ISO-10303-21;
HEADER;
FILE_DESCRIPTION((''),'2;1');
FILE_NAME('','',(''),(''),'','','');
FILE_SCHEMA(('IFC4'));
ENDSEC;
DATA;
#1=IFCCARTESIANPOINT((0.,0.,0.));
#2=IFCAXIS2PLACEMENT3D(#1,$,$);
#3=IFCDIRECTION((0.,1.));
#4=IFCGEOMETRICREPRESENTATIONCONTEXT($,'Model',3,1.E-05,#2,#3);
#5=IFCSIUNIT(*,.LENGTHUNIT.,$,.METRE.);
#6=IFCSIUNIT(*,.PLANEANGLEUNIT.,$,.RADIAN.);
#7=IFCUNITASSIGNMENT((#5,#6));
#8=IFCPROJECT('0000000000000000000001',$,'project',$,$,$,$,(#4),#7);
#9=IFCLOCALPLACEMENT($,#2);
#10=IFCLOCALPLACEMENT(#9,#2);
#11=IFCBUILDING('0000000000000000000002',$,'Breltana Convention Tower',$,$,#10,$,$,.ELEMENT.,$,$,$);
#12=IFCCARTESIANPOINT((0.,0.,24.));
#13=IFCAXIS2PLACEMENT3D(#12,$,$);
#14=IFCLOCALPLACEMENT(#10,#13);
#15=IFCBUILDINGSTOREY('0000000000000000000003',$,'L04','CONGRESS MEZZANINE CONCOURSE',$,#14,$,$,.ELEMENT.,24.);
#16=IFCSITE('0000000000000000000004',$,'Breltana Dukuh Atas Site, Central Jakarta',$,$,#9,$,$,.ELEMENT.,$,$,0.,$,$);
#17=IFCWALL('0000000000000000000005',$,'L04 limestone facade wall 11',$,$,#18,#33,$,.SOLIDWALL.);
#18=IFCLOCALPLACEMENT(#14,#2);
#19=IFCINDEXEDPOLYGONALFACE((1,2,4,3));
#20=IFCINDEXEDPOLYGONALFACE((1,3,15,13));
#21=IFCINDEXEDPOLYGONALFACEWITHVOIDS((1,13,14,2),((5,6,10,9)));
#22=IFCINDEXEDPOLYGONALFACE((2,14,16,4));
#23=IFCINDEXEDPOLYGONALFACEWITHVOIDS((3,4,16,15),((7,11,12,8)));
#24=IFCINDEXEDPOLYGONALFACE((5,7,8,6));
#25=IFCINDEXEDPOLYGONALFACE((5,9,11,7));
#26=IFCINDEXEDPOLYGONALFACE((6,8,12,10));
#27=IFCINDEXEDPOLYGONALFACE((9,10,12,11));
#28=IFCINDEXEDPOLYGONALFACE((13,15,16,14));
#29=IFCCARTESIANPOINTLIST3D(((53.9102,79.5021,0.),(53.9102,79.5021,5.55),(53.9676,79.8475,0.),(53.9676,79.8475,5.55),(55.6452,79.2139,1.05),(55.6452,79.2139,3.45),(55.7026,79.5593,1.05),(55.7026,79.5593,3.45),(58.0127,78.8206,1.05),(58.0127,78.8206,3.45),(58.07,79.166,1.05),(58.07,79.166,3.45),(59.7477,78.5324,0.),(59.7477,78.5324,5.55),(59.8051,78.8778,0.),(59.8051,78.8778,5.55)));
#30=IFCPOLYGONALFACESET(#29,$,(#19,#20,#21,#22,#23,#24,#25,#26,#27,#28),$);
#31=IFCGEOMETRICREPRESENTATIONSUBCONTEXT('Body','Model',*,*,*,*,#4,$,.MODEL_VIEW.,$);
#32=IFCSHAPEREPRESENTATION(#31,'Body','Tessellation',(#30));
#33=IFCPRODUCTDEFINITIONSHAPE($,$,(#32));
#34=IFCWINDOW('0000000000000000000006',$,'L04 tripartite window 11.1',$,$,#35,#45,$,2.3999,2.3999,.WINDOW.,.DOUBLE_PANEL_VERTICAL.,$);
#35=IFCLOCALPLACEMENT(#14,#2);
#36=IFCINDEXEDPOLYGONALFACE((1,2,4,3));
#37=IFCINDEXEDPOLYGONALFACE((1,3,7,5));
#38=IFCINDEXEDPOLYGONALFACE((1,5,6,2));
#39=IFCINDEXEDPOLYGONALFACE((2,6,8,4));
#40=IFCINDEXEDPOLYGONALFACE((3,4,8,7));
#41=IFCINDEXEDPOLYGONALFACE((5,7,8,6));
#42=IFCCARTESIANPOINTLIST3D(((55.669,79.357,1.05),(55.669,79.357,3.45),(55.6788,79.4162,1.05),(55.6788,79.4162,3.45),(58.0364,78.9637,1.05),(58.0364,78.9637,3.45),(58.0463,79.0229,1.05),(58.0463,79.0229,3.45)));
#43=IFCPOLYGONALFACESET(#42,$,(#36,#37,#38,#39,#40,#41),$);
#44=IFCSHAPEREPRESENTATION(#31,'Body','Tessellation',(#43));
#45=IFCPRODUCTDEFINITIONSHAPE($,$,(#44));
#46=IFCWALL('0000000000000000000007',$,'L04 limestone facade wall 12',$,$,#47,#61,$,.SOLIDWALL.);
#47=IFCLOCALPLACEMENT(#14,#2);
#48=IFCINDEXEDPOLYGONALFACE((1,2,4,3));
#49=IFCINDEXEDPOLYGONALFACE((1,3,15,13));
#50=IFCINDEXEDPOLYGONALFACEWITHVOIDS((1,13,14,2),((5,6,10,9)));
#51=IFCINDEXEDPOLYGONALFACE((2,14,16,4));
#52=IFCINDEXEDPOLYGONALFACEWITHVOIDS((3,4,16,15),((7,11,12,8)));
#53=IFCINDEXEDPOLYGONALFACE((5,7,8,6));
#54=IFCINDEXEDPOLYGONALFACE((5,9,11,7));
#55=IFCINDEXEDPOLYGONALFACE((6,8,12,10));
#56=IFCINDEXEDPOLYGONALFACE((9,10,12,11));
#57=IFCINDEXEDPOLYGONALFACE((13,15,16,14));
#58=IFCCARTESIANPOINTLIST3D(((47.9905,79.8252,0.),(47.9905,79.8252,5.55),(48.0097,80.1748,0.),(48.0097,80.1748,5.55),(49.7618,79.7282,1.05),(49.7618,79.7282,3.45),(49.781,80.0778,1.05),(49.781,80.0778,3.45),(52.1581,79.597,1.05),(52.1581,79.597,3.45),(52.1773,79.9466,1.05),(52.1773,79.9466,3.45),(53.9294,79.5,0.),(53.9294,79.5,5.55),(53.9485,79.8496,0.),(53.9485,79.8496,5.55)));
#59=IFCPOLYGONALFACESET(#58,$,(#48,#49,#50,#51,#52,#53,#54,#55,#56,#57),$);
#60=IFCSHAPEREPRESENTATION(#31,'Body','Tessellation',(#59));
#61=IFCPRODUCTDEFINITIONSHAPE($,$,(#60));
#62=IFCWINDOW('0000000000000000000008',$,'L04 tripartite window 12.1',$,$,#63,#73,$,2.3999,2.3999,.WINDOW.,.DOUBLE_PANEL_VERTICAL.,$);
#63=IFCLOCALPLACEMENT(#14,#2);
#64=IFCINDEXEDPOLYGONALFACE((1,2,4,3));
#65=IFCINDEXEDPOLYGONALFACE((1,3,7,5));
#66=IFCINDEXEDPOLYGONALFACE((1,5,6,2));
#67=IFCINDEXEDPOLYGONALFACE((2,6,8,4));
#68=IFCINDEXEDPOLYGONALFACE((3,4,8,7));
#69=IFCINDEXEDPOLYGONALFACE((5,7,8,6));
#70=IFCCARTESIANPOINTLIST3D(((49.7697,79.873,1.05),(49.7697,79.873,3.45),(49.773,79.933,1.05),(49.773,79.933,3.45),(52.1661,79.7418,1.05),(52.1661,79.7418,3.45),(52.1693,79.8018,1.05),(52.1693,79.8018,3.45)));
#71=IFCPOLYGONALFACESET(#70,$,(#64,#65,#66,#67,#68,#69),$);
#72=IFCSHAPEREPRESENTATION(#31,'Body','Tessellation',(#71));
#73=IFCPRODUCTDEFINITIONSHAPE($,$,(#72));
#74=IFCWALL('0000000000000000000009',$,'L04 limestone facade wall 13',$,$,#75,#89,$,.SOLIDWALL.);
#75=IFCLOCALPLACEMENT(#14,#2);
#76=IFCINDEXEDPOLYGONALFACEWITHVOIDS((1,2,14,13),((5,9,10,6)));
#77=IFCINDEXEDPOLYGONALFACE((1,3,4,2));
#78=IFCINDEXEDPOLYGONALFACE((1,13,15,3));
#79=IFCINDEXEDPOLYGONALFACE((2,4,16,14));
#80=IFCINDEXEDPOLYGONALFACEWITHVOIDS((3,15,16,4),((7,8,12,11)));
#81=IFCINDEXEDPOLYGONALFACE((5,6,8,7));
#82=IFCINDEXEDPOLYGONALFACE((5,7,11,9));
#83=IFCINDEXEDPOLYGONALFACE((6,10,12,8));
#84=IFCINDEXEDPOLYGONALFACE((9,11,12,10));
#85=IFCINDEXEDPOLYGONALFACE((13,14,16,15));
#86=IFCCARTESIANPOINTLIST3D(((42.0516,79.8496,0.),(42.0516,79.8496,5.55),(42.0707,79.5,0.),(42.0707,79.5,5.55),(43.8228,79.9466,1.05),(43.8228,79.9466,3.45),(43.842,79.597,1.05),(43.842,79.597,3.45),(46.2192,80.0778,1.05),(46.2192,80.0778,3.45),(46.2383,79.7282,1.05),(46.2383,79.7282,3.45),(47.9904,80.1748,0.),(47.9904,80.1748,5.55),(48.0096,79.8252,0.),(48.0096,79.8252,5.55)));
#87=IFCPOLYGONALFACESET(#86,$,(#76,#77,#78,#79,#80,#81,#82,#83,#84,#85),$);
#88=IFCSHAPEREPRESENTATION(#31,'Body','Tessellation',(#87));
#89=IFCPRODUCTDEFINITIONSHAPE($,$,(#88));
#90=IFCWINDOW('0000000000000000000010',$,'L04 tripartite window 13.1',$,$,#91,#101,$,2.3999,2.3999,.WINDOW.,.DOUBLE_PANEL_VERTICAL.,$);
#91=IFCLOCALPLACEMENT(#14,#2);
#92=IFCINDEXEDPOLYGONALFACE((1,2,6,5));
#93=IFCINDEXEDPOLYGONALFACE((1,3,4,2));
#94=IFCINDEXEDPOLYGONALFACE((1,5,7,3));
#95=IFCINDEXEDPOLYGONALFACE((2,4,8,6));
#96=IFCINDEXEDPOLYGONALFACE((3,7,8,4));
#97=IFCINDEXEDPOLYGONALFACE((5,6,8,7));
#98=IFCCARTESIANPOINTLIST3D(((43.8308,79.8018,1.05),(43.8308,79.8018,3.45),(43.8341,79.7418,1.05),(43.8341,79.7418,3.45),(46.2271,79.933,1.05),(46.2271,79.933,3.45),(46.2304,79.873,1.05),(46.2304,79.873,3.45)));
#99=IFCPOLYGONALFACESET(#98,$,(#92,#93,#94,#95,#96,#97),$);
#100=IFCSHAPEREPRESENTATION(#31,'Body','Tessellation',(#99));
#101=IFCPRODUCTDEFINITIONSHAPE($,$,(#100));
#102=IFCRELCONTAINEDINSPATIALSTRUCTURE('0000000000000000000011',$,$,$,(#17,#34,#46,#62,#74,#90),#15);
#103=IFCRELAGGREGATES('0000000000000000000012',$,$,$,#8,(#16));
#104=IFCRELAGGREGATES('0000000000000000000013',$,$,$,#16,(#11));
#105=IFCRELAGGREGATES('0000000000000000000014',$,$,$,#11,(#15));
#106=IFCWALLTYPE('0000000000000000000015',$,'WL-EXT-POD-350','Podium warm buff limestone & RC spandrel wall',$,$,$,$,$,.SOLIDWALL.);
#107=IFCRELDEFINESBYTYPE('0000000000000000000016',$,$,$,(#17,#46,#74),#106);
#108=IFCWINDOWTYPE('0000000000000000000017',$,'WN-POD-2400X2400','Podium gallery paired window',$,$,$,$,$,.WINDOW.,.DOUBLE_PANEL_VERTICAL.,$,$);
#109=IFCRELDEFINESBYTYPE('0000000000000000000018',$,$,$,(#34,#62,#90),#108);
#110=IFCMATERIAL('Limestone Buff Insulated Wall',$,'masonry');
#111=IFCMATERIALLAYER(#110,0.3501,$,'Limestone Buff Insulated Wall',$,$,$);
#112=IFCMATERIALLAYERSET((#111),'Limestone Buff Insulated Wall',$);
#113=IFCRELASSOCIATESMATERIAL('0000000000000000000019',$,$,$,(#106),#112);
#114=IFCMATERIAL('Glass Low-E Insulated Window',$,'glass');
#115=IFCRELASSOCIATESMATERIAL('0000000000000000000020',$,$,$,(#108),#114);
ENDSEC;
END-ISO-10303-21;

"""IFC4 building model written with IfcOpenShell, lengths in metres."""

from ifc_helpers import new_model, si_unit, direction, frame, frame_2d, origin, place, context, subcontext, project, spatial, rectangle, extrude, source, transform, mapped, material, layer, layer_set, type_object, type_shapes, element, fill, save


model = new_model("IFC4")

# Units and contexts
model_context = context("Model", 3, precision=1e-05, world=origin(), true_north=direction((0.0, 1.0)))
body_context = subcontext(model_context, "Body", "Model", "MODEL_VIEW")
ifc_project = project(units=[si_unit("LENGTHUNIT", "METRE"), si_unit("PLANEANGLEUNIT", "RADIAN")], contexts=[model_context])

# Site, building, storey
site_placement = place(None, origin())
site = spatial("IfcSite", under=ifc_project, at=site_placement, Name="Breltana Dukuh Atas Site, Central Jakarta", CompositionType="ELEMENT", RefElevation=0.0)
building_placement = place(site_placement, origin())
building = spatial("IfcBuilding", under=site, at=building_placement, Name="Breltana Convention Tower", CompositionType="ELEMENT")
storey_placement = place(building_placement, frame((0.0, 0.0, 24.0)))
storey = spatial("IfcBuildingStorey", under=building, at=storey_placement, Name="L04", Description="CONGRESS MEZZANINE CONCOURSE", CompositionType="ELEMENT", Elevation=24.0)

# Walls, openings, windows
ifc_material_1 = material(Name="Limestone Buff Insulated Wall", Category="masonry")
ifc_layer_1 = layer(ifc_material_1, 0.3501, Name="Limestone Buff Insulated Wall")
ifc_layer_set_1 = layer_set([ifc_layer_1], Name="Limestone Buff Insulated Wall")
wall_type = type_object("IfcWallType", Name="WL-EXT-POD-350", Description="Podium warm buff limestone & RC spandrel wall", PredefinedType="SOLIDWALL", material=ifc_layer_set_1)
shared_shape_1 = source(origin(), body_context, "Body", "SweptSolid", [
    extrude(rectangle(XDim=5.9175, YDim=0.3501, at=frame_2d((2.9587, 0.0))), origin(), (0.0, 0.0, 1.0), 5.55),
])
wall_1_placement = place(storey_placement, frame((59.7764, 78.7051, 0.0), z_axis=(0.0, 0.0, 1.0), x_axis=(-0.986481, 0.163877, 0.0)))
wall_1 = element("IfcWall", 1, at=wall_1_placement, inside=storey, type_object=wall_type, Name="L04 limestone facade wall 11", PredefinedType="SOLIDWALL", context=body_context, shape_type="MappedRepresentation", body=[
    mapped(shared_shape_1, transform((0.0, 0.0, 0.0), scale=1.0)),
])
opening_1_placement = place(wall_1_placement, frame((1.7588, 0.0, 1.05)))
opening_1 = element("IfcOpeningElement", 2, at=opening_1_placement, cuts=wall_1, PredefinedType="OPENING", context=body_context, shape_type="SweptSolid", body=[
    extrude(rectangle(XDim=2.3999, YDim=2.3999, at=frame_2d((1.2, 1.2))), frame((0.0, 0.1851, 0.0), z_axis=(0.0, -1.0, 0.0), x_axis=(1.0, 0.0, 0.0)), (0.0, 0.0, 1.0), 0.3701),
])
ifc_material_2 = material(Name="Glass Low-E Insulated Window", Category="glass")
window_type = type_object("IfcWindowType", Name="WN-POD-2400X2400", Description="Podium gallery paired window", PartitioningType="DOUBLE_PANEL_VERTICAL", PredefinedType="WINDOW", material=ifc_material_2)
shared_shape_2 = source(origin(), body_context, "Body", "SweptSolid", [
    extrude(rectangle(XDim=2.3999, YDim=2.3999, at=frame_2d((1.2, 1.2))), frame((0.0, 0.03, 0.0), z_axis=(0.0, -1.0, 0.0), x_axis=(1.0, 0.0, 0.0)), (0.0, 0.0, 1.0), 0.0601),
])
type_shapes(window_type, [shared_shape_2])
window_1_placement = place(opening_1_placement, origin())
window_1 = element("IfcWindow", 3, at=window_1_placement, inside=storey, type_object=window_type, Name="L04 tripartite window 11.1", OverallHeight=2.3999, OverallWidth=2.3999, PartitioningType="DOUBLE_PANEL_VERTICAL", PredefinedType="WINDOW", context=body_context, shape_type="MappedRepresentation", body=[
    mapped(shared_shape_2, transform((0.0, 0.0, 0.0), scale=1.0)),
])
fill(opening_1, window_1)
shared_shape_3 = source(origin(), body_context, "Body", "SweptSolid", [
    extrude(rectangle(XDim=5.9478, YDim=0.3501, at=frame_2d((2.9739, 0.0))), origin(), (0.0, 0.0, 1.0), 5.55),
])
wall_2_placement = place(storey_placement, frame((53.939, 79.6748, 0.0), z_axis=(0.0, 0.0, 1.0), x_axis=(-0.998504, 0.054674, 0.0)))
wall_2 = element("IfcWall", 4, at=wall_2_placement, inside=storey, type_object=wall_type, Name="L04 limestone facade wall 12", PredefinedType="SOLIDWALL", context=body_context, shape_type="MappedRepresentation", body=[
    mapped(shared_shape_3, transform((0.0, 0.0, 0.0), scale=1.0)),
])
opening_2_placement = place(wall_2_placement, frame((1.7739, 0.0, 1.05)))
opening_2 = element("IfcOpeningElement", 5, at=opening_2_placement, cuts=wall_2, PredefinedType="OPENING", context=body_context, shape_type="SweptSolid", body=[
    extrude(rectangle(XDim=2.3999, YDim=2.3999, at=frame_2d((1.2, 1.2))), frame((0.0, 0.1851, 0.0), z_axis=(0.0, -1.0, 0.0), x_axis=(1.0, 0.0, 0.0)), (0.0, 0.0, 1.0), 0.3701),
])
window_2_placement = place(opening_2_placement, origin())
window_2 = element("IfcWindow", 6, at=window_2_placement, inside=storey, type_object=window_type, Name="L04 tripartite window 12.1", OverallHeight=2.3999, OverallWidth=2.3999, PartitioningType="DOUBLE_PANEL_VERTICAL", PredefinedType="WINDOW", context=body_context, shape_type="MappedRepresentation", body=[
    mapped(shared_shape_2, transform((0.0, 0.0, 0.0), scale=1.0)),
])
fill(opening_2, window_2)
wall_3_placement = place(storey_placement, frame((48.0, 80.0, 0.0), z_axis=(0.0, 0.0, 1.0), x_axis=(-0.998504, -0.054674, 0.0)))
wall_3 = element("IfcWall", 7, at=wall_3_placement, inside=storey, type_object=wall_type, Name="L04 limestone facade wall 13", PredefinedType="SOLIDWALL", context=body_context, shape_type="MappedRepresentation", body=[
    mapped(shared_shape_3, transform((0.0, 0.0, 0.0), scale=1.0)),
])
opening_3_placement = place(wall_3_placement, frame((1.7739, 0.0, 1.05)))
opening_3 = element("IfcOpeningElement", 8, at=opening_3_placement, cuts=wall_3, PredefinedType="OPENING", context=body_context, shape_type="SweptSolid", body=[
    extrude(rectangle(XDim=2.3999, YDim=2.3999, at=frame_2d((1.2, 1.2))), frame((0.0, 0.1851, 0.0), z_axis=(0.0, -1.0, 0.0), x_axis=(1.0, 0.0, 0.0)), (0.0, 0.0, 1.0), 0.3701),
])
window_3_placement = place(opening_3_placement, origin())
window_3 = element("IfcWindow", 9, at=window_3_placement, inside=storey, type_object=window_type, Name="L04 tripartite window 13.1", OverallHeight=2.3999, OverallWidth=2.3999, PartitioningType="DOUBLE_PANEL_VERTICAL", PredefinedType="WINDOW", context=body_context, shape_type="MappedRepresentation", body=[
    mapped(shared_shape_2, transform((0.0, 0.0, 0.0), scale=1.0)),
])
fill(opening_3, window_3)

save(model, "model.ifc")
